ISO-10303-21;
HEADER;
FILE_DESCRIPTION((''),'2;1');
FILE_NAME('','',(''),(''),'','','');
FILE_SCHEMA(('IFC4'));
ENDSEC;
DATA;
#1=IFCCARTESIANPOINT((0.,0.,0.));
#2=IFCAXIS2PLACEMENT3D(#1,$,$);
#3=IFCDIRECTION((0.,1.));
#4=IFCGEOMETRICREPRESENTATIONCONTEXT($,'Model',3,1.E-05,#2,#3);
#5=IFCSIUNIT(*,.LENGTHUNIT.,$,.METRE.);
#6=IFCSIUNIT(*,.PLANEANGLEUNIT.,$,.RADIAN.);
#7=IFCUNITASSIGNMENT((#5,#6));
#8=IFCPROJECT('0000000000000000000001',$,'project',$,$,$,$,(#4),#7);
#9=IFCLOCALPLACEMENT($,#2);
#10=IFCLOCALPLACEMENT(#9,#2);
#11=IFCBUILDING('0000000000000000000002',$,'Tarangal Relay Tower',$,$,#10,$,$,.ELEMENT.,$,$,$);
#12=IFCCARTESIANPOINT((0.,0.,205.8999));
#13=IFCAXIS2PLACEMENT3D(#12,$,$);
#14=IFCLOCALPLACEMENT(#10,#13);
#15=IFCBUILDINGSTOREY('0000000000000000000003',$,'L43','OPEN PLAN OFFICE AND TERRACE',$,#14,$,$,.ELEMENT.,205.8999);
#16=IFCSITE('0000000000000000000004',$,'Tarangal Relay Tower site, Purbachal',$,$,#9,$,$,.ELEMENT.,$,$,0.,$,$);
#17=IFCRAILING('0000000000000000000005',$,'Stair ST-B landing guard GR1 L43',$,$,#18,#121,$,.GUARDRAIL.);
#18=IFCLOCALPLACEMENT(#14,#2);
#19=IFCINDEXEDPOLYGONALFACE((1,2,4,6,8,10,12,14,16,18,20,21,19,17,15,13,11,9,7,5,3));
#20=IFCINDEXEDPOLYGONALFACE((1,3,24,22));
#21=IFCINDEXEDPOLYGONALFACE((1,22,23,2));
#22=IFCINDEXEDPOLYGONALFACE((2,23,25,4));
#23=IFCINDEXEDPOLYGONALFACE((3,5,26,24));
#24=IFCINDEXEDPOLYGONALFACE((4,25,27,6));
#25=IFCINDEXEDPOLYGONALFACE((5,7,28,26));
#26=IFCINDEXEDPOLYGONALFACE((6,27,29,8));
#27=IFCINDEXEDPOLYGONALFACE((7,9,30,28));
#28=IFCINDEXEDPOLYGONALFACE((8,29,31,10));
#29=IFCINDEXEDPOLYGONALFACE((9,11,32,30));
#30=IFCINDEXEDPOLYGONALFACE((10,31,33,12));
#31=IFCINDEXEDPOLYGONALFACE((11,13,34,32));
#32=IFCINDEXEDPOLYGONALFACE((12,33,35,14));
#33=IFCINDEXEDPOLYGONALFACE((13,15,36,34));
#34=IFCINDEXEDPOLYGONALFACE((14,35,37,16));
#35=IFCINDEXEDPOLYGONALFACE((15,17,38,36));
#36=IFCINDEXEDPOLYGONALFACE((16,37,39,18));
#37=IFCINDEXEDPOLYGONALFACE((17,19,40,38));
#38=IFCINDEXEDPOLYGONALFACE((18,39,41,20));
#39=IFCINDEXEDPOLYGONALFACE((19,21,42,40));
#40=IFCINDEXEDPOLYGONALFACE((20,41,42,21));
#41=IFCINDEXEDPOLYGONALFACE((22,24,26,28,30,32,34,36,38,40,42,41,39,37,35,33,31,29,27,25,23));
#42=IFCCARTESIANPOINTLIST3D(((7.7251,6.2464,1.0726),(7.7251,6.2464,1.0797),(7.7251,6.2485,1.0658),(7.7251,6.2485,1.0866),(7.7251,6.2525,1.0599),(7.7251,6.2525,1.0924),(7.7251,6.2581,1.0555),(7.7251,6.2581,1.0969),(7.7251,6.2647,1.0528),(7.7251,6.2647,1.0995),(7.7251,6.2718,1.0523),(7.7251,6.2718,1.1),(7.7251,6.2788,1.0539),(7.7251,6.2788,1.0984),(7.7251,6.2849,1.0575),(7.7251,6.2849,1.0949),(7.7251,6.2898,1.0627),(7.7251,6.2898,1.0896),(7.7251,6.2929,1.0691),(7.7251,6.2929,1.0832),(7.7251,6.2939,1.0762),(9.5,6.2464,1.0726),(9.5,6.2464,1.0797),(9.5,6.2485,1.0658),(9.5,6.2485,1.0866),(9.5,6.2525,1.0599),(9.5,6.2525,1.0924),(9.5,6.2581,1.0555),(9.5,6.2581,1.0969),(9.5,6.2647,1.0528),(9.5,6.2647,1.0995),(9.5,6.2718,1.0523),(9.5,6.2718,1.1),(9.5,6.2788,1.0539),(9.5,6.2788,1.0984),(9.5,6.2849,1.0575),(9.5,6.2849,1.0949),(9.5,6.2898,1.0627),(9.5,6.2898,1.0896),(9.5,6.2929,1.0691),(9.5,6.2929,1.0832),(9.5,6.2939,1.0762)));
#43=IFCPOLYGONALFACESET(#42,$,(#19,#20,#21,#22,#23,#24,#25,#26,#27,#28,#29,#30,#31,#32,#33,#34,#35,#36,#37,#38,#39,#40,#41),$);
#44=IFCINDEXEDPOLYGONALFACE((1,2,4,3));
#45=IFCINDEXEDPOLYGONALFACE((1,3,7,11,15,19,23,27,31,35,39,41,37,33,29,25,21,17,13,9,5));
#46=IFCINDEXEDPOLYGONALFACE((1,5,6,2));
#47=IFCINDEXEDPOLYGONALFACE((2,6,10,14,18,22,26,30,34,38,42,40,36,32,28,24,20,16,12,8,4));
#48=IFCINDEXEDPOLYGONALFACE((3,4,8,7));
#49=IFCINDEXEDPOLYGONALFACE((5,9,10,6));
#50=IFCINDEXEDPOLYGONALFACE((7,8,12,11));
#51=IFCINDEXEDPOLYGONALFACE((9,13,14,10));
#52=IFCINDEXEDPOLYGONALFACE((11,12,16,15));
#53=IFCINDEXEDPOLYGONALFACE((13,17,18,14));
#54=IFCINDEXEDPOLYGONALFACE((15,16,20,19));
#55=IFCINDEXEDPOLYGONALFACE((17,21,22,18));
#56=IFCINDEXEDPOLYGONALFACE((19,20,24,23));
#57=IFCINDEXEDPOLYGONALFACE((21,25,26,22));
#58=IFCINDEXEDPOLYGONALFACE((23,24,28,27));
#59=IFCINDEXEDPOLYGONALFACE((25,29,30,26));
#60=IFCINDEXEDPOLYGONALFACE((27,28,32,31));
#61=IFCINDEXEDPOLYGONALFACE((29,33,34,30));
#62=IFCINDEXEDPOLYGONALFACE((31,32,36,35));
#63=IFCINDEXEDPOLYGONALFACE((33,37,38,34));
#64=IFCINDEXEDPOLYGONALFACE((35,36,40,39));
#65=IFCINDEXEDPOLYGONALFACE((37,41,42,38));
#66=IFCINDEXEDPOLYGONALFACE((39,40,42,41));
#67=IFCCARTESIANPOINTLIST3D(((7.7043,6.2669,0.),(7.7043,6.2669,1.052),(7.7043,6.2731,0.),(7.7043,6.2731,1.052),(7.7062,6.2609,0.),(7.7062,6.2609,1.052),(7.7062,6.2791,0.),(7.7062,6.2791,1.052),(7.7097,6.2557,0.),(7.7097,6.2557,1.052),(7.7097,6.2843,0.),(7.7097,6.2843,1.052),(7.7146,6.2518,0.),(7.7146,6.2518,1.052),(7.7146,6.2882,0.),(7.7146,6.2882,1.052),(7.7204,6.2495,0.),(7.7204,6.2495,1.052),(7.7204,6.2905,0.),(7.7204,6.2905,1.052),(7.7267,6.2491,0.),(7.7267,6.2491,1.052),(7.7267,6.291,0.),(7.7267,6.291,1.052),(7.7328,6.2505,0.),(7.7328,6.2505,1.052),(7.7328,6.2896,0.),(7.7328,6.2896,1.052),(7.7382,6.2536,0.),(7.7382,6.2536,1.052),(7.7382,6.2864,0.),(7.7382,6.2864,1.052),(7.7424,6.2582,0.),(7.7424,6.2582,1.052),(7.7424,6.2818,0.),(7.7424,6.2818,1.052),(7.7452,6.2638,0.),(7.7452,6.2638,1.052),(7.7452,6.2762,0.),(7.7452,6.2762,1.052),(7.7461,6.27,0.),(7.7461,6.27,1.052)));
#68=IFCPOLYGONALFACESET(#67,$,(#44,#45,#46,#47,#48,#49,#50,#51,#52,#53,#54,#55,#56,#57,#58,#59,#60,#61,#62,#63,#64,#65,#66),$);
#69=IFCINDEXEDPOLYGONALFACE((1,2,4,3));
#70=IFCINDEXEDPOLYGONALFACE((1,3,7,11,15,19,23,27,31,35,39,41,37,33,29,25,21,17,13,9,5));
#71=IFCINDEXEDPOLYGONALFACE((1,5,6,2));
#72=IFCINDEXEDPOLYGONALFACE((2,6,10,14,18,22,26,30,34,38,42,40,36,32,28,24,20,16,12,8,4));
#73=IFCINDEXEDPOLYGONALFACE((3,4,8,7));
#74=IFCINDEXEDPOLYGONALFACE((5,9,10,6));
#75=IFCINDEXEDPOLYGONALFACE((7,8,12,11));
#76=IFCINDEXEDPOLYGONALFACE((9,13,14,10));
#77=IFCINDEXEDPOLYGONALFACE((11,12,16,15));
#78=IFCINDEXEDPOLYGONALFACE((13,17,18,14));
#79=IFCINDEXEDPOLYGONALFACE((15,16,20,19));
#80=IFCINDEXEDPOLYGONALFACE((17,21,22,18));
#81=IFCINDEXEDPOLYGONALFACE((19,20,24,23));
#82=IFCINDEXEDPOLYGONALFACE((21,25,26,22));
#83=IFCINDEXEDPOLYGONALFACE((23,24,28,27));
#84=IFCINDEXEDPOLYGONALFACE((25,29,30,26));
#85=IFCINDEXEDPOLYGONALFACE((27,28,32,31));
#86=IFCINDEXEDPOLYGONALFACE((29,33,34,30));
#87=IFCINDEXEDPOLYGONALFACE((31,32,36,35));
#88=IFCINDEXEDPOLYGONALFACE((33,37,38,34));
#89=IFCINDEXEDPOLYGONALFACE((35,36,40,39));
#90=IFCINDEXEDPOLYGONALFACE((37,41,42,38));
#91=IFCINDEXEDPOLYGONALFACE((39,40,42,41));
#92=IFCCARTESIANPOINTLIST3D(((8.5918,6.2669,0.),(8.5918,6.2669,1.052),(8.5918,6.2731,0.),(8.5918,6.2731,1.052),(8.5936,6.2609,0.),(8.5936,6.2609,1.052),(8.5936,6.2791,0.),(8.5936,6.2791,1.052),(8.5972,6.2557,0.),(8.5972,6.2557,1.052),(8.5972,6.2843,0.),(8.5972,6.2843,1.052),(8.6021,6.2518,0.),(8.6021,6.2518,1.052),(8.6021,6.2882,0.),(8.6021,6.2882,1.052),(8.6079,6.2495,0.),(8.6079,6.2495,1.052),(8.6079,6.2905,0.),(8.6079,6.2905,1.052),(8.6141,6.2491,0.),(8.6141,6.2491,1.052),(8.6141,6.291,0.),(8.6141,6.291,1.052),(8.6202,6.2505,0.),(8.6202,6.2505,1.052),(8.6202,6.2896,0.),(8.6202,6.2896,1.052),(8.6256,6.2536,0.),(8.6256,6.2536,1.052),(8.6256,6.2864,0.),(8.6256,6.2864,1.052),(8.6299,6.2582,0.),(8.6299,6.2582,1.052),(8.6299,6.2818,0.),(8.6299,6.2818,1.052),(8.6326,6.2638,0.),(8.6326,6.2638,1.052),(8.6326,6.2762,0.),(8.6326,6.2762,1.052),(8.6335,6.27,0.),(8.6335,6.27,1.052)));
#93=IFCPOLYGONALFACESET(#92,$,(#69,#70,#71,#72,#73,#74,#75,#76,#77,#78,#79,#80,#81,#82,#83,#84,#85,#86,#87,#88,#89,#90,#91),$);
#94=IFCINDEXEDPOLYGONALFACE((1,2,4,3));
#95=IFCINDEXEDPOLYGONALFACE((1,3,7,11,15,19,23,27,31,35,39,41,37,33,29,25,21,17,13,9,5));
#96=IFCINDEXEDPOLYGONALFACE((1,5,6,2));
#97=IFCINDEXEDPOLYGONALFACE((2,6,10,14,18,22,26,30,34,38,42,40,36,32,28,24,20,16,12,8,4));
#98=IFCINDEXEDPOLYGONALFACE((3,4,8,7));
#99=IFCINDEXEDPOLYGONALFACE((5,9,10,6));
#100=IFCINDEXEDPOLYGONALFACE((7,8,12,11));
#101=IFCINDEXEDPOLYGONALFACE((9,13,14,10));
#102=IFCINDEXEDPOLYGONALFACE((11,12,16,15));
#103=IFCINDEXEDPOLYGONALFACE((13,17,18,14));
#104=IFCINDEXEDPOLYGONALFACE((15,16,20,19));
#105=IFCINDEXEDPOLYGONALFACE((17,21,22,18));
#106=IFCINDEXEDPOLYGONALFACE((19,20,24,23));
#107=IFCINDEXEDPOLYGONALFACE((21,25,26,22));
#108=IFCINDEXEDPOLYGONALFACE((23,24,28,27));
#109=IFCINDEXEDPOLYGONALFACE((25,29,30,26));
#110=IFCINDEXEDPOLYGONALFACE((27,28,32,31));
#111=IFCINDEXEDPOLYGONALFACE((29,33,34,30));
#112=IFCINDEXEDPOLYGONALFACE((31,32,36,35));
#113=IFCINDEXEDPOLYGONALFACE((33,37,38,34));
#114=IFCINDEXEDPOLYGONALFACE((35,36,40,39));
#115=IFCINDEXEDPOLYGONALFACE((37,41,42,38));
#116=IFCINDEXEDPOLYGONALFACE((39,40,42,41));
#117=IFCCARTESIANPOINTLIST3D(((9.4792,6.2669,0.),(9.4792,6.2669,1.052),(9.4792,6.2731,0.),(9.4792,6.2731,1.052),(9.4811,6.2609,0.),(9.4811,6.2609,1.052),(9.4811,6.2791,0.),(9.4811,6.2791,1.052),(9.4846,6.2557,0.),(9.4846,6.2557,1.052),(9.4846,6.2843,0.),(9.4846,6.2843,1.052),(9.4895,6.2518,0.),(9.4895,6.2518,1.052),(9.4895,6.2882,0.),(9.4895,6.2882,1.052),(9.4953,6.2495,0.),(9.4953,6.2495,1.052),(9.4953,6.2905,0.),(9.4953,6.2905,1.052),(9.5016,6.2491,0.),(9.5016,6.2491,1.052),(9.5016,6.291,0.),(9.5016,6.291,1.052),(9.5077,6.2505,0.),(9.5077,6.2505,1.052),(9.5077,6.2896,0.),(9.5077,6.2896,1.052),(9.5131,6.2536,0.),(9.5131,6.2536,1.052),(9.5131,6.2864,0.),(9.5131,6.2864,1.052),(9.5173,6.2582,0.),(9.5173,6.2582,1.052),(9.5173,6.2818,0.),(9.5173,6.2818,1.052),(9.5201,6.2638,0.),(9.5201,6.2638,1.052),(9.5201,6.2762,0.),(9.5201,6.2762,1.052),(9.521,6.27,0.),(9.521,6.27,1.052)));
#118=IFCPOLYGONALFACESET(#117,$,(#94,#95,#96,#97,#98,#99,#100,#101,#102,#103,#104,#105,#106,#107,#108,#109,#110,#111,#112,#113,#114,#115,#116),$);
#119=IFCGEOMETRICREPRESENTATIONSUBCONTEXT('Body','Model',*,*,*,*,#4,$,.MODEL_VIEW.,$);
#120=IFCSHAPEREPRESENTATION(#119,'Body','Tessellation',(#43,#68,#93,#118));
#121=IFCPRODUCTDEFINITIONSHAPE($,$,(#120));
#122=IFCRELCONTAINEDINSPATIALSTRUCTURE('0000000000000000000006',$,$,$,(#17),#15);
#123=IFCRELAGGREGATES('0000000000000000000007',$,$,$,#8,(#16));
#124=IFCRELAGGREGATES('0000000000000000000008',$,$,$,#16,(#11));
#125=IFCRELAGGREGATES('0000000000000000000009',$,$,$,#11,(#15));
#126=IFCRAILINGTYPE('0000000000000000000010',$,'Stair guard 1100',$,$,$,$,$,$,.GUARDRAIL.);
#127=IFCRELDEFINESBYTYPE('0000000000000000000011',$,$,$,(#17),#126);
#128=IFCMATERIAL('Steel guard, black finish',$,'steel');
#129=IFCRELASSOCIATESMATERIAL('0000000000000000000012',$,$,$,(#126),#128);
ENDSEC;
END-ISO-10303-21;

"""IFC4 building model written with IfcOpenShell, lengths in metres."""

from ifc_helpers import new_model, si_unit, direction, frame, origin, origin_2d, place, context, subcontext, project, spatial, circle, extrude, material, type_object, element, save


model = new_model("IFC4")

# Units and contexts
model_context = context("Model", 3, precision=1e-05, world=origin(), true_north=direction((0.0, 1.0)))
body_context = subcontext(model_context, "Body", "Model", "MODEL_VIEW")
ifc_project = project(units=[si_unit("LENGTHUNIT", "METRE"), si_unit("PLANEANGLEUNIT", "RADIAN")], contexts=[model_context])

# Site, building, storey
site_placement = place(None, origin())
site = spatial("IfcSite", under=ifc_project, at=site_placement, Name="Tarangal Relay Tower site, Purbachal", CompositionType="ELEMENT", RefElevation=0.0)
building_placement = place(site_placement, origin())
building = spatial("IfcBuilding", under=site, at=building_placement, Name="Tarangal Relay Tower", CompositionType="ELEMENT")
storey_placement = place(building_placement, frame((0.0, 0.0, 205.8999)))
storey = spatial("IfcBuildingStorey", under=building, at=storey_placement, Name="L43", Description="OPEN PLAN OFFICE AND TERRACE", CompositionType="ELEMENT", Elevation=205.8999)

# Railing
ifc_material_1 = material(Name="Steel guard, black finish", Category="steel")
railing_type_1 = type_object("IfcRailingType", Name="Stair guard 1100", PredefinedType="GUARDRAIL", material=ifc_material_1)
railing_1_placement = place(storey_placement, frame((7.7251, 6.27, 0.0)))
element("IfcRailing", 1, at=railing_1_placement, inside=storey, type_object=railing_type_1, Name="Stair ST-B landing guard GR1 L43", PredefinedType="GUARDRAIL", context=body_context, shape_type="SweptSolid", body=[
    extrude(circle(Radius=0.0239, at=origin_2d()), frame((0.0, 0.0, 1.0762), z_axis=(1.0, 0.0, 0.0), x_axis=(0.0, 1.0, 0.0)), (0.0, 0.0, 1.0), 1.7749),
    extrude(circle(Radius=0.021, at=origin_2d()), origin(), (0.0, 0.0, 1.0), 1.052),
    extrude(circle(Radius=0.021, at=origin_2d()), frame((0.8875, 0.0, 0.0)), (0.0, 0.0, 1.0), 1.052),
    extrude(circle(Radius=0.021, at=origin_2d()), frame((1.7749, 0.0, 0.0)), (0.0, 0.0, 1.0), 1.052),
])

save(model, "model.ifc")
